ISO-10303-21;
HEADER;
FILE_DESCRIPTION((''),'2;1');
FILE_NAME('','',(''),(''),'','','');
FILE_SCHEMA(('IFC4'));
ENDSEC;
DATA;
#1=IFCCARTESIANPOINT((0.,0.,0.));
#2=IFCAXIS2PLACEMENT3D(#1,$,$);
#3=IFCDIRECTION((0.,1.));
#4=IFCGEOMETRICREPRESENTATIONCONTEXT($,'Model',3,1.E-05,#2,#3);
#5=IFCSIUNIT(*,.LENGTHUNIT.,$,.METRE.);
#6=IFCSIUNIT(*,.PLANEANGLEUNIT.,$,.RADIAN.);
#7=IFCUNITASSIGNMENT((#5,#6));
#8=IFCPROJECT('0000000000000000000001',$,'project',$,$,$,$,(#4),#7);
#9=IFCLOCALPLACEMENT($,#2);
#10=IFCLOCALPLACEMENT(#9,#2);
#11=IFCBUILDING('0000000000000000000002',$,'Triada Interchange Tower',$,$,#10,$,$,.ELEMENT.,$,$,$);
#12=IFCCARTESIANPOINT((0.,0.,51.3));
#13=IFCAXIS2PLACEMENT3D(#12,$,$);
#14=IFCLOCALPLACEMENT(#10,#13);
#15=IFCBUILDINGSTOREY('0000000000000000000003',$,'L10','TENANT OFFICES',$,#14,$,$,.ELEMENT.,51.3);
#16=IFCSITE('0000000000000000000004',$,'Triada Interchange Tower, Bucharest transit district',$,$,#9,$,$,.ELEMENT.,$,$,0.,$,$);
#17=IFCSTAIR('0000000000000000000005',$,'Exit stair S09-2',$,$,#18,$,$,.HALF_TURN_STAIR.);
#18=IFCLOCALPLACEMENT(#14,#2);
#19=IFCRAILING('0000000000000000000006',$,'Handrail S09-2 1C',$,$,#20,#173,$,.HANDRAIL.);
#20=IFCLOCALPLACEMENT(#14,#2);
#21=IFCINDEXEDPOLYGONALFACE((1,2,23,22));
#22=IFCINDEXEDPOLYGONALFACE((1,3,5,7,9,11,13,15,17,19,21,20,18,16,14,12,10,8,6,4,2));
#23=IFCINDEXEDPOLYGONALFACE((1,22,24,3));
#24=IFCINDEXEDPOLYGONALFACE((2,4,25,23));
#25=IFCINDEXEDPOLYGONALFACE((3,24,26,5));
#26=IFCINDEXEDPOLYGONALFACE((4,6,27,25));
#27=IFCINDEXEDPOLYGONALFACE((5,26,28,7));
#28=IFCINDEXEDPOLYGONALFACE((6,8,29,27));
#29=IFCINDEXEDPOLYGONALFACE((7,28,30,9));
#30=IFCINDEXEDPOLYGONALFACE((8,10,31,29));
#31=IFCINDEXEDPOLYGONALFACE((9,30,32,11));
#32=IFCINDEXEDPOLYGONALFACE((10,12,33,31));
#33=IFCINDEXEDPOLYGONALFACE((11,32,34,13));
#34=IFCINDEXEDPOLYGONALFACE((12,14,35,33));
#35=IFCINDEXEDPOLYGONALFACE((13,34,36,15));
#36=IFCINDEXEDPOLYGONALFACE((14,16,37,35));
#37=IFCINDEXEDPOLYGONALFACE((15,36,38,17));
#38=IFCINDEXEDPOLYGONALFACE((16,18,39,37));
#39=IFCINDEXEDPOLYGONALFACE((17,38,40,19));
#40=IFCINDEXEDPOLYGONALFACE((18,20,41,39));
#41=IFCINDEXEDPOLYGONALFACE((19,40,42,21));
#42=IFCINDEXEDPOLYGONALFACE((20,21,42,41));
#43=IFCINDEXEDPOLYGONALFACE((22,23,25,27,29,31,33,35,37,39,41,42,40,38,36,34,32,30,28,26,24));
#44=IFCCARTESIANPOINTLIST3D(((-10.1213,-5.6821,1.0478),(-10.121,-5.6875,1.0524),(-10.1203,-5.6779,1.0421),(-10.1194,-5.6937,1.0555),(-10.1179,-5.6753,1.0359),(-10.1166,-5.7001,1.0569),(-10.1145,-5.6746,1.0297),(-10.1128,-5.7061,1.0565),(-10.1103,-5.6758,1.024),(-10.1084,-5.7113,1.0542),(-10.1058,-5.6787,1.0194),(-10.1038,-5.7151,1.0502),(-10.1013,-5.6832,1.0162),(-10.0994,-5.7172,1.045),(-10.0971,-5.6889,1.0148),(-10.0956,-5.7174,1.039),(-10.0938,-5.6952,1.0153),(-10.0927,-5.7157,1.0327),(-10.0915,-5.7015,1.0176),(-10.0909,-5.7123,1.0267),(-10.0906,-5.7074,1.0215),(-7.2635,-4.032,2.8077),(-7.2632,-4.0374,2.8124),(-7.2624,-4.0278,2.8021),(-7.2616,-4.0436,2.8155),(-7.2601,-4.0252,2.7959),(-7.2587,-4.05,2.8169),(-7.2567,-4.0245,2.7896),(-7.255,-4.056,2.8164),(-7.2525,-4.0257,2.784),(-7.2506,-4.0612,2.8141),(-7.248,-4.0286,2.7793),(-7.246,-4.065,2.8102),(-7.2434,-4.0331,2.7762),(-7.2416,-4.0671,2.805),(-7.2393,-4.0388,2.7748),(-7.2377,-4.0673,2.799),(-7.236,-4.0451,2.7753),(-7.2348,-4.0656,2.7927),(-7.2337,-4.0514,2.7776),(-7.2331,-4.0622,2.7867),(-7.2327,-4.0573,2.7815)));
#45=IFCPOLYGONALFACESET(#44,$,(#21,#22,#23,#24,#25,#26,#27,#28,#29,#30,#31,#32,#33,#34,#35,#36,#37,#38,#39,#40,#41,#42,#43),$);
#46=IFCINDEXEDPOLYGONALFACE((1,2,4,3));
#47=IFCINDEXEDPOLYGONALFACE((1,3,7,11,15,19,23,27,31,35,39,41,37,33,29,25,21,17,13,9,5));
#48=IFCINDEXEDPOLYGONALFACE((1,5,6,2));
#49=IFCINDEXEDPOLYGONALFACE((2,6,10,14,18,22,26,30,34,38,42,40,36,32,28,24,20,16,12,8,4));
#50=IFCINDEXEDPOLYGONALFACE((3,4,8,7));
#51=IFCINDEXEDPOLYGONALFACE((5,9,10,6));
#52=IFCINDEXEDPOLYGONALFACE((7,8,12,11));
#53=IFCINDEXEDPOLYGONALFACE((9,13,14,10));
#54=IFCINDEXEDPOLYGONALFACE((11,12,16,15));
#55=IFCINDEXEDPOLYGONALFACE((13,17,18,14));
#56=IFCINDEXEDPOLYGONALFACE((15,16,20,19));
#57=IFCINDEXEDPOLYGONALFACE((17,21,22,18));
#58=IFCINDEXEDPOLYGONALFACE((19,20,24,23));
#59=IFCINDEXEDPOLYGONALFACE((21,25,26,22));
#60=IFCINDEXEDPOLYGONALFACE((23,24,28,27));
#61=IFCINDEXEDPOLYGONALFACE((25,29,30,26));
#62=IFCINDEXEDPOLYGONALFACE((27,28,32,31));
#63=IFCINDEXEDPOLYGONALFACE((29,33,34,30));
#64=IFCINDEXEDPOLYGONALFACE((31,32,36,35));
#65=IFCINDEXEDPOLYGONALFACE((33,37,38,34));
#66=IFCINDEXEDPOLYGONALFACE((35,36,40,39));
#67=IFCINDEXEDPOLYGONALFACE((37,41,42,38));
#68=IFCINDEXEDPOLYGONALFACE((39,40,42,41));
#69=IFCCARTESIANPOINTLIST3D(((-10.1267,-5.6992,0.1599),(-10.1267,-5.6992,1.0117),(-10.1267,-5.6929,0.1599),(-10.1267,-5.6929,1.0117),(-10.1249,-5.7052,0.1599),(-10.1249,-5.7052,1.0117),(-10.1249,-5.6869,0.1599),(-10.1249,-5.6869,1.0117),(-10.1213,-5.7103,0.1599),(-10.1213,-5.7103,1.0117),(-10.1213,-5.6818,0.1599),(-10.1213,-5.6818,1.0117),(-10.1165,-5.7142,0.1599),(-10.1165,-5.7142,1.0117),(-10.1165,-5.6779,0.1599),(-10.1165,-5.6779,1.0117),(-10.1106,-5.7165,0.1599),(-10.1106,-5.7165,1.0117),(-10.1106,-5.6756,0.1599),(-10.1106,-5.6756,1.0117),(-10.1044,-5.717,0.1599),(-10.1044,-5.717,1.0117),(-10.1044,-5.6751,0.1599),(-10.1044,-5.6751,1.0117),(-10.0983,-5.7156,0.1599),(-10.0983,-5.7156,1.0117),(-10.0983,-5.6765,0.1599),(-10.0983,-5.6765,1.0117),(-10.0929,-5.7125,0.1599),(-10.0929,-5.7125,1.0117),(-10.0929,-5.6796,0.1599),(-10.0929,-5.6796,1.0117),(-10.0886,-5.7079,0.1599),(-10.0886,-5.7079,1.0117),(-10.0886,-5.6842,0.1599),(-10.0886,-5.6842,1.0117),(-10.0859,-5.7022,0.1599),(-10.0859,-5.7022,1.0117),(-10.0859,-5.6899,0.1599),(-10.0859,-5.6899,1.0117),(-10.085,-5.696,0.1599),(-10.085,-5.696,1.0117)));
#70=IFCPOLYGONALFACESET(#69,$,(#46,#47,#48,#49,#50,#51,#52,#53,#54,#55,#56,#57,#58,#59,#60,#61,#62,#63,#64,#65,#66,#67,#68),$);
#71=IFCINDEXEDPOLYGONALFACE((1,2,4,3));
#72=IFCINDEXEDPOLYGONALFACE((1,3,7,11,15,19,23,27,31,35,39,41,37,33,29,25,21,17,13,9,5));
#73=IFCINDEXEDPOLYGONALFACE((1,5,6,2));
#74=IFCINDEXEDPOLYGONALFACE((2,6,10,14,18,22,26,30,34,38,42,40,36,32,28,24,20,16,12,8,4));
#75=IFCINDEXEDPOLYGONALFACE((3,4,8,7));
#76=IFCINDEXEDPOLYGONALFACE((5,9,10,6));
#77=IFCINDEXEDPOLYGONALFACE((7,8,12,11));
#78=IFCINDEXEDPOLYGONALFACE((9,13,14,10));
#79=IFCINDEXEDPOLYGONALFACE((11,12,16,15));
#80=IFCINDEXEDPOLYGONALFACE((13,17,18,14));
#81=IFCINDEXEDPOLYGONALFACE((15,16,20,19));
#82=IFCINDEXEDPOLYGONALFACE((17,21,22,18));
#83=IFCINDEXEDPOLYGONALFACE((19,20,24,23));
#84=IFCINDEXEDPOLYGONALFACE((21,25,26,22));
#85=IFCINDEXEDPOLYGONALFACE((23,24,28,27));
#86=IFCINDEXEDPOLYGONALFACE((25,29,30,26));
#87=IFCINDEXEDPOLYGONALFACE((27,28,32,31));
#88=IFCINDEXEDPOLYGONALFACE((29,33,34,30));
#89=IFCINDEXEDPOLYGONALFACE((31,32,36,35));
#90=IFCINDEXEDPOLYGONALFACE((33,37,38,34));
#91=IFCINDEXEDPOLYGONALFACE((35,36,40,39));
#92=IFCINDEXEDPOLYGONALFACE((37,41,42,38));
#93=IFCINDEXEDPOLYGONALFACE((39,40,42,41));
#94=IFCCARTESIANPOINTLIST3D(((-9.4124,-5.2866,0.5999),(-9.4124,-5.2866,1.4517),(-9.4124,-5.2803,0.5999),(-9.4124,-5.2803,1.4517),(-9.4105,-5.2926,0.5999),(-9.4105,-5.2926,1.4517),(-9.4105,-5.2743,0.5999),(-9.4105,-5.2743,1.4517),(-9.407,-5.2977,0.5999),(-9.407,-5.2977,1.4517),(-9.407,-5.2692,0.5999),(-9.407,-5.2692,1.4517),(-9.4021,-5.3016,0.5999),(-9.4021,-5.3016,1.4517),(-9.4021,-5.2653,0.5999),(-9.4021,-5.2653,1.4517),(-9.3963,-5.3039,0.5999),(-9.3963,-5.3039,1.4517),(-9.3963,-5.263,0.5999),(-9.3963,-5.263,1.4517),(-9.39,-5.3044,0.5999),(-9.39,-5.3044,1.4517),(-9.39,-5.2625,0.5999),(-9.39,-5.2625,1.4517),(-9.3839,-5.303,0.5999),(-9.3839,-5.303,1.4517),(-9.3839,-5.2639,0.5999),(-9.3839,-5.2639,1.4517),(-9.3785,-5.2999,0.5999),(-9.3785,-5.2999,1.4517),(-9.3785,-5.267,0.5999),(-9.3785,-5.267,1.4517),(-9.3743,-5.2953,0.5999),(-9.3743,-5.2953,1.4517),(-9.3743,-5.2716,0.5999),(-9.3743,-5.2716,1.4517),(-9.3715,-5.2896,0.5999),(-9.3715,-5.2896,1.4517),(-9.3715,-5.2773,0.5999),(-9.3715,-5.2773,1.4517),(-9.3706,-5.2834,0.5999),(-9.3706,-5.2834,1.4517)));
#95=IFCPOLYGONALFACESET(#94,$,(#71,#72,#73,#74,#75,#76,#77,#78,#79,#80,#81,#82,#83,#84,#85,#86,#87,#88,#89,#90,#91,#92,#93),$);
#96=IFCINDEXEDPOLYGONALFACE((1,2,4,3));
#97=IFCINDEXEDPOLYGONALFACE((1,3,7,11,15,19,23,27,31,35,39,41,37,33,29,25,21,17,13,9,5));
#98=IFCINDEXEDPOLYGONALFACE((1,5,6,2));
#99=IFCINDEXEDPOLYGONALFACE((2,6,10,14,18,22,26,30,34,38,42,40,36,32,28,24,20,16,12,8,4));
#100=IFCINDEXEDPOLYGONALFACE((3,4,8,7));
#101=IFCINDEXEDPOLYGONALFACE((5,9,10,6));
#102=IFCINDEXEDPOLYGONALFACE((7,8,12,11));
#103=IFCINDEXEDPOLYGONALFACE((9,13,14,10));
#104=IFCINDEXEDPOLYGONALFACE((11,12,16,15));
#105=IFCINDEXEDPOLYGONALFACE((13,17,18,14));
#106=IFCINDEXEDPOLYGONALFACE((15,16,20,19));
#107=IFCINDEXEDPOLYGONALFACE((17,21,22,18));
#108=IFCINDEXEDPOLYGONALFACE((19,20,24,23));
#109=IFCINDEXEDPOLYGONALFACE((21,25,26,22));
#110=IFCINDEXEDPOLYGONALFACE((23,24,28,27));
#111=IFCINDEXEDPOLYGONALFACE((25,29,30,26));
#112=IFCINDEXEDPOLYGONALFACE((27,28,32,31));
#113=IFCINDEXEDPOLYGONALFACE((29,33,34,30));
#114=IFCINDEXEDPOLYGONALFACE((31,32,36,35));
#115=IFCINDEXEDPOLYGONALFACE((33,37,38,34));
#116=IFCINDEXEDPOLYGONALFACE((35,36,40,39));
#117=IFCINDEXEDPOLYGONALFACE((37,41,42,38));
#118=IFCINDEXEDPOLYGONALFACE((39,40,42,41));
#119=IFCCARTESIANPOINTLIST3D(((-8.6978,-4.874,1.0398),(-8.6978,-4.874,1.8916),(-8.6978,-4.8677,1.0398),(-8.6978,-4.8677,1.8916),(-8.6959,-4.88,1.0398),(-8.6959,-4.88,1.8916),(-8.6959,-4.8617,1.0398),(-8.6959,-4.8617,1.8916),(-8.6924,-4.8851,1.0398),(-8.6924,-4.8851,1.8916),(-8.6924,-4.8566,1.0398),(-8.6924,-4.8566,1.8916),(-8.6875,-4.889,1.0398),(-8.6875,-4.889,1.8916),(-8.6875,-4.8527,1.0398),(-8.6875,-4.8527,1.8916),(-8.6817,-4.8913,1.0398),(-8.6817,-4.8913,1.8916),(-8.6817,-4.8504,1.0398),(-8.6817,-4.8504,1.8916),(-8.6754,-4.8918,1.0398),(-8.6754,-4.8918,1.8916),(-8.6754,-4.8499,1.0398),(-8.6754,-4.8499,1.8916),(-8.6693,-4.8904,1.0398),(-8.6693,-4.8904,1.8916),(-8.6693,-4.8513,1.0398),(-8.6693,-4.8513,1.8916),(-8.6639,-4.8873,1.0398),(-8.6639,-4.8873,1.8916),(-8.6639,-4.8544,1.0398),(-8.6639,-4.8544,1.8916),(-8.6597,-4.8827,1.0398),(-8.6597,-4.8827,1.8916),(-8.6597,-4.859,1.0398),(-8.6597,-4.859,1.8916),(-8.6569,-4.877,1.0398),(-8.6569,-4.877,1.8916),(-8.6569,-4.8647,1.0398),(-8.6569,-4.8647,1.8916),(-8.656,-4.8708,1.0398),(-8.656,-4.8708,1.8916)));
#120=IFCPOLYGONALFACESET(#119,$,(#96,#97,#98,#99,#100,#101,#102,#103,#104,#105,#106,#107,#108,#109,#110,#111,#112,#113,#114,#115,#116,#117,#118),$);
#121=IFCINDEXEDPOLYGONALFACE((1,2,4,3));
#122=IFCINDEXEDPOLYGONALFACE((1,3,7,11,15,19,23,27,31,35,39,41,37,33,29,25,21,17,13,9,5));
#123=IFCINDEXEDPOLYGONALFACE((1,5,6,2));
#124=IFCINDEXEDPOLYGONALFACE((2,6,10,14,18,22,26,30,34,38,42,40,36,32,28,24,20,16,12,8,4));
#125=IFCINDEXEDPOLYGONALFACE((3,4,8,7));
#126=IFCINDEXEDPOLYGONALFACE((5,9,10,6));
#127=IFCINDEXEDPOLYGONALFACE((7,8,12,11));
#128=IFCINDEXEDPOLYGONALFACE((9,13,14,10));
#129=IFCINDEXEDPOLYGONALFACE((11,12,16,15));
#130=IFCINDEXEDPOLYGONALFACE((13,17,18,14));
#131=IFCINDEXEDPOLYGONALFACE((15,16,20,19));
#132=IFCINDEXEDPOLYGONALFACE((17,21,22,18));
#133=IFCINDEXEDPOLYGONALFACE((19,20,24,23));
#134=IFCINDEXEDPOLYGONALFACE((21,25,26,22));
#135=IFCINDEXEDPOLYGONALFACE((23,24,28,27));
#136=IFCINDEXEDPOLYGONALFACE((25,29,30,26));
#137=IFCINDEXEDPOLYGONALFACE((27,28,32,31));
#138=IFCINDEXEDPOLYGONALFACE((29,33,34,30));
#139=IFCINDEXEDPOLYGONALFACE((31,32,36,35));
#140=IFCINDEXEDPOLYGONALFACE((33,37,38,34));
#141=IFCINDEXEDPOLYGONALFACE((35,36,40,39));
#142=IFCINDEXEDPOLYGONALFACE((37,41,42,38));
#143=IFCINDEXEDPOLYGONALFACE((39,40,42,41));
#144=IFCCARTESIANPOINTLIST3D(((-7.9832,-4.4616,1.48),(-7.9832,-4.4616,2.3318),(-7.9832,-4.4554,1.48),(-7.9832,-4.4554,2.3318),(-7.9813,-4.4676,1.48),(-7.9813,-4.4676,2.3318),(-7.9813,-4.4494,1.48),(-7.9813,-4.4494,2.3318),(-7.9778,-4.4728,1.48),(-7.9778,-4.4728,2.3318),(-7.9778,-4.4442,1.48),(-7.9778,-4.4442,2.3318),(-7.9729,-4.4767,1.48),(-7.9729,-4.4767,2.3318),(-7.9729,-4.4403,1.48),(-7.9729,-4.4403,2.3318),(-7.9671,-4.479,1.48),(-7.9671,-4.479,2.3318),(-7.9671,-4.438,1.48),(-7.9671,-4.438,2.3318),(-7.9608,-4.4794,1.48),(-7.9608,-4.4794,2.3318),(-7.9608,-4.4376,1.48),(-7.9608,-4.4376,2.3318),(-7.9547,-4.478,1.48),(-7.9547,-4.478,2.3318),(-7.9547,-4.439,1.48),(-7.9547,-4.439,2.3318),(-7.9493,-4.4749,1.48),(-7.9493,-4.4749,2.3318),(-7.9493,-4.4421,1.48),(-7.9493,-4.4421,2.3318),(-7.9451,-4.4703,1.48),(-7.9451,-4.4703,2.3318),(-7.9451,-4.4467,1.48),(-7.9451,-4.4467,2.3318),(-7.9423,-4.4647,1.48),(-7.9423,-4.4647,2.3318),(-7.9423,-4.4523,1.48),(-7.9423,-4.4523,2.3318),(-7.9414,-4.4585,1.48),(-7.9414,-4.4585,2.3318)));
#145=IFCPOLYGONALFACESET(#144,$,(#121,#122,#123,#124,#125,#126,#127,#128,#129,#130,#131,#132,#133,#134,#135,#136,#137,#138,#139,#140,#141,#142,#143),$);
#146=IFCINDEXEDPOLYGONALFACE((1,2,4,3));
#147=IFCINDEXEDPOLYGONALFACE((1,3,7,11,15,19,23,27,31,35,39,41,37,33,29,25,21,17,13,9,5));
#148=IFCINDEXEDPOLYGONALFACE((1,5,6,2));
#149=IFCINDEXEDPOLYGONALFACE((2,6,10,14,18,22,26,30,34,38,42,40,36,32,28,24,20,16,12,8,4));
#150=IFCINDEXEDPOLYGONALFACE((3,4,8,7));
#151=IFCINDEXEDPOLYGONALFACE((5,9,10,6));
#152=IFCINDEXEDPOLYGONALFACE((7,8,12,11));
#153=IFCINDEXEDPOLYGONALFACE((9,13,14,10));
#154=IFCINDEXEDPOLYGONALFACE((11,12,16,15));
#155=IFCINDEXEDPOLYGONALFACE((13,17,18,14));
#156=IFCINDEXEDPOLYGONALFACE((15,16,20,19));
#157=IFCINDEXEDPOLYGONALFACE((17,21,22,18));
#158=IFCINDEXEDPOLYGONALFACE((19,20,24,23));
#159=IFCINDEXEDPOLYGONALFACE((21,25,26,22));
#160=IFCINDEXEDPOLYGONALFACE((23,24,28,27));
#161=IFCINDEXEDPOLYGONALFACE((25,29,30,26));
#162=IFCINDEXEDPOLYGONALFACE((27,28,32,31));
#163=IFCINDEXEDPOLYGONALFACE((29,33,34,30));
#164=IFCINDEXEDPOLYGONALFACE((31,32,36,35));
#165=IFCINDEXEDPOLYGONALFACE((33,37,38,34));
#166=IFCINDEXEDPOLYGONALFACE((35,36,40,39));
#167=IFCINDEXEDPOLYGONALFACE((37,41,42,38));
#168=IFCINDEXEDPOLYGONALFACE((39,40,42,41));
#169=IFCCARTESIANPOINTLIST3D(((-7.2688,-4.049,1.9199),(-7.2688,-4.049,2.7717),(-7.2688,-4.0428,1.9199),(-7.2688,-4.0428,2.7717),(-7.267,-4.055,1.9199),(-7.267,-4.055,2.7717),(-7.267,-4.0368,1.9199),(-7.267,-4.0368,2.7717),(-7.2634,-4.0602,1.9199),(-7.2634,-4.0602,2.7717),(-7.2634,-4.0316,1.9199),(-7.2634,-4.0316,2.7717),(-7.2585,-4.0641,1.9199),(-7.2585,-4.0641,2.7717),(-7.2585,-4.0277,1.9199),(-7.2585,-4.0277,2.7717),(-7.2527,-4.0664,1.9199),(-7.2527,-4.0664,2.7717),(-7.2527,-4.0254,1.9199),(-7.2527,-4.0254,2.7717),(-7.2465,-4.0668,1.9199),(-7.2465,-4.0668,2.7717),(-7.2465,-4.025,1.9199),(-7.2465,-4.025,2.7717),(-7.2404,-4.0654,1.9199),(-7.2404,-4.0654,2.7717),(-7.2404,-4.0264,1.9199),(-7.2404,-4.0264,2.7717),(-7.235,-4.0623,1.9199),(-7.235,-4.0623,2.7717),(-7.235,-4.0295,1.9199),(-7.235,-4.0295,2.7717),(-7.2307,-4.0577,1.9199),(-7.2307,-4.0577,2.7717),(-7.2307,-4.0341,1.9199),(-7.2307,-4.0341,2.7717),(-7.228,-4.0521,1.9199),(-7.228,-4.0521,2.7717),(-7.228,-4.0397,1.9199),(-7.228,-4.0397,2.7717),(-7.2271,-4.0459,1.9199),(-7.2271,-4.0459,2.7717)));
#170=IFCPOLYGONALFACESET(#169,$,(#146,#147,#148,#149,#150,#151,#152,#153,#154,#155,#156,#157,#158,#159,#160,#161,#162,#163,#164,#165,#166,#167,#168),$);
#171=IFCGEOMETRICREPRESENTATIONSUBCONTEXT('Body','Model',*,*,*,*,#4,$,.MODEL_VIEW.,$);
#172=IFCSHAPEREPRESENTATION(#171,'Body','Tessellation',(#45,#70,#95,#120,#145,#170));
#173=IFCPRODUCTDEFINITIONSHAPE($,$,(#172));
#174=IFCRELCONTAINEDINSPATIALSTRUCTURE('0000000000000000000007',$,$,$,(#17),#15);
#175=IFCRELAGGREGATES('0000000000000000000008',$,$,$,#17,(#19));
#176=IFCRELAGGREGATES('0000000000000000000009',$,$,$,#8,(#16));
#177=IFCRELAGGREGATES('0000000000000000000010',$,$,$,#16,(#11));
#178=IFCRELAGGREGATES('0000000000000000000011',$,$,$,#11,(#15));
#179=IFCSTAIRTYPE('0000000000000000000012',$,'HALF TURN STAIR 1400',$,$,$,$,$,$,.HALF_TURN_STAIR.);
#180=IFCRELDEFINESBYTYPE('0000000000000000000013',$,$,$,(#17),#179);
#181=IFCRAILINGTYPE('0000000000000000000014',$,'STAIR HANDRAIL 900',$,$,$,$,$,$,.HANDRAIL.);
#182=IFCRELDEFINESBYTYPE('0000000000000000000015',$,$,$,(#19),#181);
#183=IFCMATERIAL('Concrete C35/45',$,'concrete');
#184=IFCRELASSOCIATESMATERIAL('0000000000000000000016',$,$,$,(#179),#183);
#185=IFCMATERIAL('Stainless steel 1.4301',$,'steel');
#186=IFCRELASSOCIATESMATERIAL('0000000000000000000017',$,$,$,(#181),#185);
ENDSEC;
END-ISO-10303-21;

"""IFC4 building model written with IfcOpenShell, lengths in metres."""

from ifc_helpers import new_model, si_unit, direction, frame, origin, origin_2d, place, context, subcontext, project, spatial, circle, extrude, material, type_object, element, aggregate, save


model = new_model("IFC4")

# Units and contexts
model_context = context("Model", 3, precision=1e-05, world=origin(), true_north=direction((0.0, 1.0)))
body_context = subcontext(model_context, "Body", "Model", "MODEL_VIEW")
ifc_project = project(units=[si_unit("LENGTHUNIT", "METRE"), si_unit("PLANEANGLEUNIT", "RADIAN")], contexts=[model_context])

# Site, building, storey
site_placement = place(None, origin())
site = spatial("IfcSite", under=ifc_project, at=site_placement, Name="Triada Interchange Tower, Bucharest transit district", CompositionType="ELEMENT", RefElevation=0.0)
building_placement = place(site_placement, origin())
building = spatial("IfcBuilding", under=site, at=building_placement, Name="Triada Interchange Tower", CompositionType="ELEMENT")
storey_placement = place(building_placement, frame((0.0, 0.0, 51.3)))
storey = spatial("IfcBuildingStorey", under=building, at=storey_placement, Name="L10", Description="TENANT OFFICES", CompositionType="ELEMENT", Elevation=51.3)

# Stair, railing
ifc_material_1 = material(Name="Concrete C35/45", Category="concrete")
stair_type = type_object("IfcStairType", Name="HALF TURN STAIR 1400", PredefinedType="HALF_TURN_STAIR", material=ifc_material_1)
stair_placement = place(storey_placement, origin())
stair = element("IfcStair", 1, at=stair_placement, inside=storey, type_object=stair_type, Name="Exit stair S09-2", PredefinedType="HALF_TURN_STAIR")
ifc_material_2 = material(Name="Stainless steel 1.4301", Category="steel")
railing_type = type_object("IfcRailingType", Name="STAIR HANDRAIL 900", PredefinedType="HANDRAIL", material=ifc_material_2)
railing_1_placement = place(storey_placement, frame((-10.106, -5.696, 0.1599)))
railing_1 = element("IfcRailing", 2, at=railing_1_placement, type_object=railing_type, Name="Handrail S09-2 1C", PredefinedType="HANDRAIL", context=body_context, shape_type="SweptSolid", body=[
    extrude(circle(Radius=0.0239, at=origin_2d()), frame((0.0, 0.0, 0.876), z_axis=(0.764129, 0.441205, 0.47058), x_axis=(-0.50003, 0.866008, 0.0)), (0.0, 0.0, 1.0), 3.74),
    extrude(circle(Radius=0.021, at=origin_2d()), origin(), (0.0, 0.0, 1.0), 0.8518),
    extrude(circle(Radius=0.021, at=origin_2d()), frame((0.7144, 0.4126, 0.4399)), (0.0, 0.0, 1.0), 0.8518),
    extrude(circle(Radius=0.021, at=origin_2d()), frame((1.429, 0.8252, 0.8799)), (0.0, 0.0, 1.0), 0.8518),
    extrude(circle(Radius=0.021, at=origin_2d()), frame((2.1436, 1.2375, 1.3201)), (0.0, 0.0, 1.0), 0.8518),
    extrude(circle(Radius=0.021, at=origin_2d()), frame((2.8579, 1.6501, 1.76)), (0.0, 0.0, 1.0), 0.8518),
])
aggregate(stair, [railing_1])

save(model, "model.ifc")
